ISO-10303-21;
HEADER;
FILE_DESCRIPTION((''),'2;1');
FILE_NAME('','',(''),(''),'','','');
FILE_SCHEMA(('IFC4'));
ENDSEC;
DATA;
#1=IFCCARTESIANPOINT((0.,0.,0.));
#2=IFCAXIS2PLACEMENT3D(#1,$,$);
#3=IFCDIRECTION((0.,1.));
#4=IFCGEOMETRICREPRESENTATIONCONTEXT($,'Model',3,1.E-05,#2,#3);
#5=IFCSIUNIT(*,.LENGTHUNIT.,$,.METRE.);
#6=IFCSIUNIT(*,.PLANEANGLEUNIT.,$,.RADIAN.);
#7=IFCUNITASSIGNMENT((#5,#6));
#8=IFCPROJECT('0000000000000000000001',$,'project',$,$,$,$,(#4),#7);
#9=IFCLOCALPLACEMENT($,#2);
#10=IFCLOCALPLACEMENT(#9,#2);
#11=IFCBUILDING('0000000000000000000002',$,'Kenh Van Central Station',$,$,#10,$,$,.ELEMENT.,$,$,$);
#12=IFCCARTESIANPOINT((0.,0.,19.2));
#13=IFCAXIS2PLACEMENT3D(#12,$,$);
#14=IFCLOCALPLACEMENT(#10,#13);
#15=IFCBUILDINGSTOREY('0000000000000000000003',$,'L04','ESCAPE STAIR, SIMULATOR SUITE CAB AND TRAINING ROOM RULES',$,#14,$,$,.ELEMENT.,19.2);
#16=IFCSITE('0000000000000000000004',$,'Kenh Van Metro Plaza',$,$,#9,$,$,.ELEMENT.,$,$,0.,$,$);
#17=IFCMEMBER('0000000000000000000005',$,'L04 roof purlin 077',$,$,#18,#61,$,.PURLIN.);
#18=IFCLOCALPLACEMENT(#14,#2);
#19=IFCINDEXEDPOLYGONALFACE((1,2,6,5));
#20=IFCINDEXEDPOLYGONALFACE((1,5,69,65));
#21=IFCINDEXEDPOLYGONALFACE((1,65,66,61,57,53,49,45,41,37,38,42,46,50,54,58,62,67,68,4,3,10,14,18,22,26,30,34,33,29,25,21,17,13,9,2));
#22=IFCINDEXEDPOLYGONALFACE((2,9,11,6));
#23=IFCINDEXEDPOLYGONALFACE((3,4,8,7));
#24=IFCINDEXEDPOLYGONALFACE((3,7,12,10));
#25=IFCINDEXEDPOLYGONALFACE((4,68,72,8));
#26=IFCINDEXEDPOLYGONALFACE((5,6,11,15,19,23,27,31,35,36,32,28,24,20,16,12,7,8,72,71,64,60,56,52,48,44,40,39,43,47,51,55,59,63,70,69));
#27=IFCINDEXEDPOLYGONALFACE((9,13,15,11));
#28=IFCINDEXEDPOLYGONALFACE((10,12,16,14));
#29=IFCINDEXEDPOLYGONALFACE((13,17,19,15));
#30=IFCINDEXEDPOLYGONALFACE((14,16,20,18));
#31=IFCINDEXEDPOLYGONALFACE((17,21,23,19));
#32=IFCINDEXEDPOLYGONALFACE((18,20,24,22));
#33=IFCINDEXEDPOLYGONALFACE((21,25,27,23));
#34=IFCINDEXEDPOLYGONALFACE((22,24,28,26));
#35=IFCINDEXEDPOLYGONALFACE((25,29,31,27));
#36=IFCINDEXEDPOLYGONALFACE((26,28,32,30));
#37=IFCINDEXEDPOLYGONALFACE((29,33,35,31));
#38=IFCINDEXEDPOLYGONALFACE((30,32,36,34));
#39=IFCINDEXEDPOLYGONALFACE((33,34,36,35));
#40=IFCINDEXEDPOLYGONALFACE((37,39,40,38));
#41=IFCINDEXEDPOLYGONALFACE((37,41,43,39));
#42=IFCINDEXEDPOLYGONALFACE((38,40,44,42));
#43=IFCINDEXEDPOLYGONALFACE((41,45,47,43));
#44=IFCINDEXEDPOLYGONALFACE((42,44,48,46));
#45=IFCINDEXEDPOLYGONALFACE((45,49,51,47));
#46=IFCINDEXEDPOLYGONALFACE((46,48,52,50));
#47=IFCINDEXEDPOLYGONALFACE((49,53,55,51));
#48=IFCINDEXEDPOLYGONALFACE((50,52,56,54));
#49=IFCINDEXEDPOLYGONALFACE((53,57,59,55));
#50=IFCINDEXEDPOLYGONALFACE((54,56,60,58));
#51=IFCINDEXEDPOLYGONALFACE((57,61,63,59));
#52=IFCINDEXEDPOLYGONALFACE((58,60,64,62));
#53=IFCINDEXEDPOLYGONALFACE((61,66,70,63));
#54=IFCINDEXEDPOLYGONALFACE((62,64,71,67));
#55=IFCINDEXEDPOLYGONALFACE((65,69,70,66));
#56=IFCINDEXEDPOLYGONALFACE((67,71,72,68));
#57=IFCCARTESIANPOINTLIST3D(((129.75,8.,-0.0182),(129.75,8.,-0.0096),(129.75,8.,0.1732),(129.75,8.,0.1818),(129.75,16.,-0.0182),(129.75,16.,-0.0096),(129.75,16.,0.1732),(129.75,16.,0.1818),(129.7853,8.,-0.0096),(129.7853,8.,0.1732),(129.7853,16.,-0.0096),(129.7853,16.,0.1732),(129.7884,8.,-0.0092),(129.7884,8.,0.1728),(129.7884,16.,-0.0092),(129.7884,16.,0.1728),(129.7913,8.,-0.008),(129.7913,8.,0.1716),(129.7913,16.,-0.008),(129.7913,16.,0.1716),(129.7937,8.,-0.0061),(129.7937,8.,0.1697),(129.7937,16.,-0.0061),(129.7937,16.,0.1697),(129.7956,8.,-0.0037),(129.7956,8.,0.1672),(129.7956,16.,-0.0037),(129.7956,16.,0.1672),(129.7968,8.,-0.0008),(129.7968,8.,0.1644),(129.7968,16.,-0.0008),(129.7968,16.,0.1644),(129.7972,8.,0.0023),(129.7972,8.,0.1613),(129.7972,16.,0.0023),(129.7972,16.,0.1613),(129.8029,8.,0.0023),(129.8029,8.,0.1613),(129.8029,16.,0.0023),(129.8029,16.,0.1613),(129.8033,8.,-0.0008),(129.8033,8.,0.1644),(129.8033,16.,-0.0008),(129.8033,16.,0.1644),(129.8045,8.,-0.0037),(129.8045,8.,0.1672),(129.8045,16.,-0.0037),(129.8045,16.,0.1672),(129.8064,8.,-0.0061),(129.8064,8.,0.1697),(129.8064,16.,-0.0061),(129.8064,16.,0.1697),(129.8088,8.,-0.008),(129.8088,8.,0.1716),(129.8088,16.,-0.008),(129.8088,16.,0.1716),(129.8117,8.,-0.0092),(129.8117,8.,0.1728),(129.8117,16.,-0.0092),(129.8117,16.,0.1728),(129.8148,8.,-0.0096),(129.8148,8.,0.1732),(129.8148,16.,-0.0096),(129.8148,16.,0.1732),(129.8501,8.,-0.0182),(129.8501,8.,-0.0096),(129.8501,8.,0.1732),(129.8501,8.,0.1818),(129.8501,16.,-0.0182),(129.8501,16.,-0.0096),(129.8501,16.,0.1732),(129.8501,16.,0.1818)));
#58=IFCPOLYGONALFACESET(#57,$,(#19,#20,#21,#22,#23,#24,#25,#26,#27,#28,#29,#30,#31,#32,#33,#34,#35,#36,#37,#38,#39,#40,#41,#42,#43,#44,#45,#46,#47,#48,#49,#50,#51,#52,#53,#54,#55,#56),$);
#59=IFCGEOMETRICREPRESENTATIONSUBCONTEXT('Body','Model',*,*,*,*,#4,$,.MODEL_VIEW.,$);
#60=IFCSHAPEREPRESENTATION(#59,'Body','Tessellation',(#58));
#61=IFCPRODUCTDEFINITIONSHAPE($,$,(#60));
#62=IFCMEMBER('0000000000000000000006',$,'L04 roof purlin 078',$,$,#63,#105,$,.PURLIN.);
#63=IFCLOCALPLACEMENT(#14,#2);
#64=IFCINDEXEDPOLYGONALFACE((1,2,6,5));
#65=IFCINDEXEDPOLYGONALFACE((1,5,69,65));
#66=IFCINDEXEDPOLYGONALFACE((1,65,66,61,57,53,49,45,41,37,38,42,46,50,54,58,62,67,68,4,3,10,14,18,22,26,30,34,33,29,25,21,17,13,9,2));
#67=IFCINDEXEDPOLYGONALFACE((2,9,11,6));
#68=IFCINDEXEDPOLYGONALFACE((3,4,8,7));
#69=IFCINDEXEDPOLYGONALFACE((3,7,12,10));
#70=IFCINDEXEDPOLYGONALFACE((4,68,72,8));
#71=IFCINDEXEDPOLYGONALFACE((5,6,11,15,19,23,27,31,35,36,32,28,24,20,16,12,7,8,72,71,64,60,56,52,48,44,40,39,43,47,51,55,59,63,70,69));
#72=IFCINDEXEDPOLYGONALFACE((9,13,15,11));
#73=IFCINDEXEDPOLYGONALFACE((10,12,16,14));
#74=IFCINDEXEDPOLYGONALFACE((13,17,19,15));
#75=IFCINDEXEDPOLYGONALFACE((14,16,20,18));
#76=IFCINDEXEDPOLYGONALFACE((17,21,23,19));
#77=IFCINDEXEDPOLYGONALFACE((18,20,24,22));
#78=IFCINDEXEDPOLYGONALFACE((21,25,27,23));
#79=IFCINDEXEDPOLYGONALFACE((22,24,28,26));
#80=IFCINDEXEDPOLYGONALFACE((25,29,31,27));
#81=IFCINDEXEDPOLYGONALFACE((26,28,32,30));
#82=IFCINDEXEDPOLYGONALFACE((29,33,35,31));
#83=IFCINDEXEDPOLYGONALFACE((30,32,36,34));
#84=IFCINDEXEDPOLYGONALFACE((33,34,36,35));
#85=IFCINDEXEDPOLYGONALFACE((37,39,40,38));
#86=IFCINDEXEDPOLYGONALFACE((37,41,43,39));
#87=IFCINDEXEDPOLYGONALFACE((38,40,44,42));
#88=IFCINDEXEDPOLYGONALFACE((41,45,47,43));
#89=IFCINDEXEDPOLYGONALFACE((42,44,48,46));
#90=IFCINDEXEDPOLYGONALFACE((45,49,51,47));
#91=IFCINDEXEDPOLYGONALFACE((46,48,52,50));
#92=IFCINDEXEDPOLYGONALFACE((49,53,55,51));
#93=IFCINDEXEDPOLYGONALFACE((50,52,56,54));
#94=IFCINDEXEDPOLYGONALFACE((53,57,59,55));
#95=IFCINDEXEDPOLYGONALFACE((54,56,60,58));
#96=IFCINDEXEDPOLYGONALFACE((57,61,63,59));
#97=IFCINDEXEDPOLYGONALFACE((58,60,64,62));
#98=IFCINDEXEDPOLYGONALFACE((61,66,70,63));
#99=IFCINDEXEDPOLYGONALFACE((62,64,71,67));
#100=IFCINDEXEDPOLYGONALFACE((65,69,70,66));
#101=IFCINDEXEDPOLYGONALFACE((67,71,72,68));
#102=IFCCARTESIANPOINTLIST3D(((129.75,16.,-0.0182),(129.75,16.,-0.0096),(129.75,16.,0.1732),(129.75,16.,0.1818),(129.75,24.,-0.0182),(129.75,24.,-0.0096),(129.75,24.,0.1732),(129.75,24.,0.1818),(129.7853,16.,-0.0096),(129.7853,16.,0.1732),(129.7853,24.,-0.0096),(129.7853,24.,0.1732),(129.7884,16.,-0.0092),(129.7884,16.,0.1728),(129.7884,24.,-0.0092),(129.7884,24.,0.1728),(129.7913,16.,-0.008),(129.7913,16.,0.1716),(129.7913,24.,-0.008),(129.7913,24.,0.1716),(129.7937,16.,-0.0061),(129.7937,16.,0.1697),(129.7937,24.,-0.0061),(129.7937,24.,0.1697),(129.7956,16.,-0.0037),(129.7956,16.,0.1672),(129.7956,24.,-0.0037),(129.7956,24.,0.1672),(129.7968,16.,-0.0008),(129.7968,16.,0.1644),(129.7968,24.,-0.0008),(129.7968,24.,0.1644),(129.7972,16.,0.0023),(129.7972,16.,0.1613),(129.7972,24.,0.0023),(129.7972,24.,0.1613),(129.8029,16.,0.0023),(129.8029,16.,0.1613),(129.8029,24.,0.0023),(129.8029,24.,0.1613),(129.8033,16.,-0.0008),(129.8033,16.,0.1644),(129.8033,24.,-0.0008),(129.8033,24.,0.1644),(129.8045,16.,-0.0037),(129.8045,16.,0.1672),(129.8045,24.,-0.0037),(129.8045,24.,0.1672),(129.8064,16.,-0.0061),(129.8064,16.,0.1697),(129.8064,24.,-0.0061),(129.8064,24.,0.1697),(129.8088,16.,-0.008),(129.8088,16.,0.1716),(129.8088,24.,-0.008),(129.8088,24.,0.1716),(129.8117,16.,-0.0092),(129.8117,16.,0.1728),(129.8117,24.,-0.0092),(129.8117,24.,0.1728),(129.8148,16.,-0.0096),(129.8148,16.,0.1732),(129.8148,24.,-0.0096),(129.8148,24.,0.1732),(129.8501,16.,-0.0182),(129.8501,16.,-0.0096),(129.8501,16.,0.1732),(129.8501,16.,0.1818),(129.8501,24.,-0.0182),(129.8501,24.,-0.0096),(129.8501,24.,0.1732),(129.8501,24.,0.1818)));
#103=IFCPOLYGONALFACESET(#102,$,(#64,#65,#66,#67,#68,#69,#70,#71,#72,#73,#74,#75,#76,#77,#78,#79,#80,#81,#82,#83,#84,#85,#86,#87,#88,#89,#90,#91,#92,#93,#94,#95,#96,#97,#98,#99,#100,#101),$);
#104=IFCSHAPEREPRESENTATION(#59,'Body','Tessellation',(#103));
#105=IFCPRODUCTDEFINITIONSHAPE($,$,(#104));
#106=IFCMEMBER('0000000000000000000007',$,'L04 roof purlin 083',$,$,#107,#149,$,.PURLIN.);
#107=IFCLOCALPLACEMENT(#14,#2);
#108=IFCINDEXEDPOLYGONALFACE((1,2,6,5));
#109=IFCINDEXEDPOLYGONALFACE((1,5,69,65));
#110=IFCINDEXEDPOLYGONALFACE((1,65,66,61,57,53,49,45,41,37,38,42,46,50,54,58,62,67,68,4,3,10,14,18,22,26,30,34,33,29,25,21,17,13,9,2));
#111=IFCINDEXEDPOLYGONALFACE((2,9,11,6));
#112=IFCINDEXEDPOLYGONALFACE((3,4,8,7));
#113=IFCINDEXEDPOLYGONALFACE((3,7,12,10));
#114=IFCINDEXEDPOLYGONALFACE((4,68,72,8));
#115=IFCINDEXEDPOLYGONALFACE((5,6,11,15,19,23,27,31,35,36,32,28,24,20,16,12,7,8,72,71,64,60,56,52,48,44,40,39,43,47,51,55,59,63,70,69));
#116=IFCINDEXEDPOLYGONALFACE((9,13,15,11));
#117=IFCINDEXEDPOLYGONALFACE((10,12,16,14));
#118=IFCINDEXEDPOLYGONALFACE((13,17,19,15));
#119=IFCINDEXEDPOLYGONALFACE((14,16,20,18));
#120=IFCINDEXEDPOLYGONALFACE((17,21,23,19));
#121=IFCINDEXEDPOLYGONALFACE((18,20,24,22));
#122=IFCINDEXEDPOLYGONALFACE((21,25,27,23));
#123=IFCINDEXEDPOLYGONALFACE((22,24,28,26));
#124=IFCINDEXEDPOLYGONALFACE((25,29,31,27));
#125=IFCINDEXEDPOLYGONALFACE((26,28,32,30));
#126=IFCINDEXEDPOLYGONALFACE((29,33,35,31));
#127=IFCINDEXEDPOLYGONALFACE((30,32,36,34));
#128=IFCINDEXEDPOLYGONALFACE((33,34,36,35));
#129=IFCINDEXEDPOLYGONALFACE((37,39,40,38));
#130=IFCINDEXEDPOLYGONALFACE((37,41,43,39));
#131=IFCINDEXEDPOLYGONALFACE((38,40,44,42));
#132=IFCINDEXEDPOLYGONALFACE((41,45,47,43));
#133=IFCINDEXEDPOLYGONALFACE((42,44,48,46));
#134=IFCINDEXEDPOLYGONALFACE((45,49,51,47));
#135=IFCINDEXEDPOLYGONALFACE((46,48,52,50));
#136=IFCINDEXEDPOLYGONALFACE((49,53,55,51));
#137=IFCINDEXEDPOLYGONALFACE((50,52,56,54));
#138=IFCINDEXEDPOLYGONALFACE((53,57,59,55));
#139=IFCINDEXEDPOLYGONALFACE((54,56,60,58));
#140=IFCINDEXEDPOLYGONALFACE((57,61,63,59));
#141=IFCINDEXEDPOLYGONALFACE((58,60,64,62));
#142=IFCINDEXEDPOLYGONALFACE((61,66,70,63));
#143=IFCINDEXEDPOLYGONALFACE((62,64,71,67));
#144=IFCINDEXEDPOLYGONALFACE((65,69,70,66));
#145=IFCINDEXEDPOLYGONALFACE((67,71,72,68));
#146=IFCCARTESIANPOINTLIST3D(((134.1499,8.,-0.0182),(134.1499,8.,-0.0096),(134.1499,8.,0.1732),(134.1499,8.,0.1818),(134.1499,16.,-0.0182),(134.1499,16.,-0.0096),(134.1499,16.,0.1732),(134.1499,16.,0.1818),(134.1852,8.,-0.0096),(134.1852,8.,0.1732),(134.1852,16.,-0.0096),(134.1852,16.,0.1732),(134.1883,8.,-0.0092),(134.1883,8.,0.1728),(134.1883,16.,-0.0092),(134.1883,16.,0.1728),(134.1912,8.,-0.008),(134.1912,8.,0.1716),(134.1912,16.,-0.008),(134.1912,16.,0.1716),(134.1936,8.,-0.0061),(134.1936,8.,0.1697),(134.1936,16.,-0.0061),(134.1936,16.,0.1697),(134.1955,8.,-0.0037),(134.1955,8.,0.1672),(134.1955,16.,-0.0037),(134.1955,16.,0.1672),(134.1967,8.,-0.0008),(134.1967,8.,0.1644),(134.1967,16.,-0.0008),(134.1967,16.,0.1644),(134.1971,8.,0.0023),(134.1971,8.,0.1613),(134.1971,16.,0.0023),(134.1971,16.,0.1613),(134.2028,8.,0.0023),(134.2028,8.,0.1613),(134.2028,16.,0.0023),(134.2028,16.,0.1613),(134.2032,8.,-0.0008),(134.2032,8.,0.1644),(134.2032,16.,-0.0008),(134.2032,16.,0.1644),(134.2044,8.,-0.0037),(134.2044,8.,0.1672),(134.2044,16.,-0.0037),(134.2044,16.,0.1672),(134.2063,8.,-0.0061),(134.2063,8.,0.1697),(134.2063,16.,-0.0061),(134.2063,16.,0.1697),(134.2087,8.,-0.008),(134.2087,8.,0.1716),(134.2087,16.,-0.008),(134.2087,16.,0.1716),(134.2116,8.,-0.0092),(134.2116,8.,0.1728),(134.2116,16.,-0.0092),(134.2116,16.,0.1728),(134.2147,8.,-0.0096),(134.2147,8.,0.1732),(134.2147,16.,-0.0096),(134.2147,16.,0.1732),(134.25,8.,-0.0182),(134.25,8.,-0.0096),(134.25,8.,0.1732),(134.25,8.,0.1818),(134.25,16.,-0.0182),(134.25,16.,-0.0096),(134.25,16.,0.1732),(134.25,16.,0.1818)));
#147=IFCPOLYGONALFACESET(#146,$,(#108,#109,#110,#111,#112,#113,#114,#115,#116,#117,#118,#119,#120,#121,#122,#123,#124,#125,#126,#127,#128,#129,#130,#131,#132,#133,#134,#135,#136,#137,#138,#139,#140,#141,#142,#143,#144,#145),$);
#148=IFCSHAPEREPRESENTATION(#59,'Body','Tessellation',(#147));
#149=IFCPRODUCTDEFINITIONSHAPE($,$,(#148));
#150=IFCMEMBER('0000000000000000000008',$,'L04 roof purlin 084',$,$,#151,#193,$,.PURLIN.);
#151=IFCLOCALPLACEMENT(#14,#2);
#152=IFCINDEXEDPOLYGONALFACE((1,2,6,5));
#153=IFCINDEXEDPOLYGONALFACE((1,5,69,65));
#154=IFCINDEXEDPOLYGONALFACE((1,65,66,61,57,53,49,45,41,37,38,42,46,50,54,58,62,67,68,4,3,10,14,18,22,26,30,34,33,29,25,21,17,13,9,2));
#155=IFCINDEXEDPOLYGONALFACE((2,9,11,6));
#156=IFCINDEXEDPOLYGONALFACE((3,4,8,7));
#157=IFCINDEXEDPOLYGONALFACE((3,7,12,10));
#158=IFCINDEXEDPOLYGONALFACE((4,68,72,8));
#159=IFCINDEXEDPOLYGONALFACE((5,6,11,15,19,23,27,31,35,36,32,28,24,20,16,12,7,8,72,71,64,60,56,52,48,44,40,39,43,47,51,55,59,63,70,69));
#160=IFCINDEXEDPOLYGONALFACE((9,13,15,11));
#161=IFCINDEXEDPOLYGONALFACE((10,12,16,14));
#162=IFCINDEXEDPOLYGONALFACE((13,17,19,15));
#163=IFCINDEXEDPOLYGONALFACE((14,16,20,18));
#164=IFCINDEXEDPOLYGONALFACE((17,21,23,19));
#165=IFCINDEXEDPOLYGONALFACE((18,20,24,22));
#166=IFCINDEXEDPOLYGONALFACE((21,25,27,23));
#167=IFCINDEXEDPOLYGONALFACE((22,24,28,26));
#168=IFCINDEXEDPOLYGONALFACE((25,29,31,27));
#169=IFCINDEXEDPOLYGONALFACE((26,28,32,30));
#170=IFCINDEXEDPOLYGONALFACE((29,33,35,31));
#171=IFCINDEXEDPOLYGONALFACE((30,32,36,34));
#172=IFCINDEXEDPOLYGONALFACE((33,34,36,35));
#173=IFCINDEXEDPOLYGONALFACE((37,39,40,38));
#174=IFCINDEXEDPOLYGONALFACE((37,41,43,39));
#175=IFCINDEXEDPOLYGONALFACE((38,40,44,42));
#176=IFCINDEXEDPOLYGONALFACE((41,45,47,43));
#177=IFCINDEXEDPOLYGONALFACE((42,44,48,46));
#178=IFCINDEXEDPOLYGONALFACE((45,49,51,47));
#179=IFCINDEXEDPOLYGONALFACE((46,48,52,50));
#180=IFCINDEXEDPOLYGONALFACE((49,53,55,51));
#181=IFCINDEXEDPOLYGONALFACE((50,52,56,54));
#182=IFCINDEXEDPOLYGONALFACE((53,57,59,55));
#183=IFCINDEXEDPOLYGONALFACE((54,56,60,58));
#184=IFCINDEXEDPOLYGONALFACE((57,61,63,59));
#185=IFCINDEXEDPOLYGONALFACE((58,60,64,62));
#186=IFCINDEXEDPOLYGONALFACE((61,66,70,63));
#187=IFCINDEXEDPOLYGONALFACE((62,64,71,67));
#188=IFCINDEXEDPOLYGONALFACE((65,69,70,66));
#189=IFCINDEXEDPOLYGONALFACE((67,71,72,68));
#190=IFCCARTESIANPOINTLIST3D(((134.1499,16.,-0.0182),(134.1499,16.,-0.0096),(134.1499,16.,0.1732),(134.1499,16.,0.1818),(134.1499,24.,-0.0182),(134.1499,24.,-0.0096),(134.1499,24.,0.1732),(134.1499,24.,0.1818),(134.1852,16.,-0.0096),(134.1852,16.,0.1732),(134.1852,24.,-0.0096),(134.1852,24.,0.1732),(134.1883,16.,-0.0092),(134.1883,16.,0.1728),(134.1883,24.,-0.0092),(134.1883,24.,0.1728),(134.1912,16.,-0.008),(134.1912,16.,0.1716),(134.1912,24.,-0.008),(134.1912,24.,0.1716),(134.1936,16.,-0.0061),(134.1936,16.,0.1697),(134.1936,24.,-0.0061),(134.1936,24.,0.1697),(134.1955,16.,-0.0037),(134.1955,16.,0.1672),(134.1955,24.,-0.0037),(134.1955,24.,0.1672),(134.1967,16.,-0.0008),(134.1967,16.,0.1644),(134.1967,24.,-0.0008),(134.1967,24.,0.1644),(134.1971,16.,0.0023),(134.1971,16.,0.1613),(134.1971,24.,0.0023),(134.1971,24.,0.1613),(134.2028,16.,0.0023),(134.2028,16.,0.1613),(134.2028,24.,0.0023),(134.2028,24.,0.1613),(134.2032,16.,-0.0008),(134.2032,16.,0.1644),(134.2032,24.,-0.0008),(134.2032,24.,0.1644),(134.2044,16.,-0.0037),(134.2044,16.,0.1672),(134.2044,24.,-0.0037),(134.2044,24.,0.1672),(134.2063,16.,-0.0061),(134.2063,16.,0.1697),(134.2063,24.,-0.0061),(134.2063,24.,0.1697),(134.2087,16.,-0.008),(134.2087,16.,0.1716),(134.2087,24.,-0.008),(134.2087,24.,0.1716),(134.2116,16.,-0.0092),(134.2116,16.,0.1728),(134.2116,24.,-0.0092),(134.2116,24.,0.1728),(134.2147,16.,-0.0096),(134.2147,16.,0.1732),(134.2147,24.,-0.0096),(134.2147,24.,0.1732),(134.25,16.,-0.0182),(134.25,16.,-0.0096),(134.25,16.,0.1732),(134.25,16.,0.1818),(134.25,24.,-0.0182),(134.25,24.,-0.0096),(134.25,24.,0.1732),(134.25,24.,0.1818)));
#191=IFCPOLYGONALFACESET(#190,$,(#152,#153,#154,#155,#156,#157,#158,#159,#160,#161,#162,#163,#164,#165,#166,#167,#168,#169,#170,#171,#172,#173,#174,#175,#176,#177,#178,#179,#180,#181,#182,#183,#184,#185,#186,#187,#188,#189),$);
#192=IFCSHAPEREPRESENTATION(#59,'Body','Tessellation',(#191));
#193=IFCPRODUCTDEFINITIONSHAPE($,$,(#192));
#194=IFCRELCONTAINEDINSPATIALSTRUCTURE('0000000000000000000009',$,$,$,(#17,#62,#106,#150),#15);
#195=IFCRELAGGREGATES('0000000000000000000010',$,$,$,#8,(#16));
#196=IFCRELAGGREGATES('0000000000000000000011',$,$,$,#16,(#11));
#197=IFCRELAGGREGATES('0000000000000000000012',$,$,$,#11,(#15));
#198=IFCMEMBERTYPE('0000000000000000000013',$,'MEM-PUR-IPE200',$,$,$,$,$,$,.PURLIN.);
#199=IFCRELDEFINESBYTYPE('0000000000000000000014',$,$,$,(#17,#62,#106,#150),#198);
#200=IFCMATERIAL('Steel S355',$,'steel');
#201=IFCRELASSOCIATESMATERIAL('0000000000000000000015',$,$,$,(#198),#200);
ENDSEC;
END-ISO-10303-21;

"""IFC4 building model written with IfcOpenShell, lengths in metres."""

from ifc_helpers import new_model, si_unit, direction, frame, origin, origin_2d, place, context, subcontext, project, spatial, i_section, extrude, material, material_profile, profile_set, type_object, element, save


model = new_model("IFC4")

# Units and contexts
model_context = context("Model", 3, precision=1e-05, world=origin(), true_north=direction((0.0, 1.0)))
body_context = subcontext(model_context, "Body", "Model", "MODEL_VIEW")
ifc_project = project(units=[si_unit("LENGTHUNIT", "METRE"), si_unit("PLANEANGLEUNIT", "RADIAN")], contexts=[model_context])

# Site, building, storey
site_placement = place(None, origin())
site = spatial("IfcSite", under=ifc_project, at=site_placement, Name="Kenh Van Metro Plaza", CompositionType="ELEMENT", RefElevation=0.0)
building_placement = place(site_placement, origin())
building = spatial("IfcBuilding", under=site, at=building_placement, Name="Kenh Van Central Station", CompositionType="ELEMENT")
storey_placement = place(building_placement, frame((0.0, 0.0, 19.2)))
storey = spatial("IfcBuildingStorey", under=building, at=storey_placement, Name="L04", Description="ESCAPE STAIR, SIMULATOR SUITE CAB AND TRAINING ROOM RULES", CompositionType="ELEMENT", Elevation=19.2)

# Shared definitions
ifc_material_1 = material(Name="Steel S355", Category="steel")

# Members
ifc_material_profile_1 = material_profile(ifc_material_1, i_section(OverallWidth=0.1001, OverallDepth=0.2, WebThickness=0.0056, FlangeThickness=0.0085, FilletRadius=0.012, at=origin_2d()), Name="IPE 200")
ifc_profile_set_1 = profile_set([ifc_material_profile_1], Name="Steel S355")
member_type_1 = type_object("IfcMemberType", Name="MEM-PUR-IPE200", PredefinedType="PURLIN", material=ifc_profile_set_1)
for number, where, z_axis, x_axis, name in (
    (1, (129.8, 8.0, 0.0818), (0.0, 1.0, 0.0), (-1.0, 0.0, 0.0), "L04 roof purlin 077"),
    (2, (129.8, 16.0, 0.0818), (0.0, 1.0, 0.0), (-1.0, 0.0, 0.0), "L04 roof purlin 078"),
    (3, (134.2, 8.0, 0.0818), (0.0, 1.0, 0.0), (-1.0, 0.0, 0.0), "L04 roof purlin 083"),
    (4, (134.2, 16.0, 0.0818), (0.0, 1.0, 0.0), (-1.0, 0.0, 0.0), "L04 roof purlin 084"),
):
    element("IfcMember", number, at=place(storey_placement, frame(where, z_axis=z_axis, x_axis=x_axis)), inside=storey, type_object=member_type_1, Name=name, PredefinedType="PURLIN", context=body_context, shape_type="SweptSolid", body=[
        extrude(i_section(OverallWidth=0.1001, OverallDepth=0.2, WebThickness=0.0056, FlangeThickness=0.0085, FilletRadius=0.012, at=origin_2d()), origin(), (0.0, 0.0, 1.0), 8.0),
    ])

save(model, "model.ifc")
